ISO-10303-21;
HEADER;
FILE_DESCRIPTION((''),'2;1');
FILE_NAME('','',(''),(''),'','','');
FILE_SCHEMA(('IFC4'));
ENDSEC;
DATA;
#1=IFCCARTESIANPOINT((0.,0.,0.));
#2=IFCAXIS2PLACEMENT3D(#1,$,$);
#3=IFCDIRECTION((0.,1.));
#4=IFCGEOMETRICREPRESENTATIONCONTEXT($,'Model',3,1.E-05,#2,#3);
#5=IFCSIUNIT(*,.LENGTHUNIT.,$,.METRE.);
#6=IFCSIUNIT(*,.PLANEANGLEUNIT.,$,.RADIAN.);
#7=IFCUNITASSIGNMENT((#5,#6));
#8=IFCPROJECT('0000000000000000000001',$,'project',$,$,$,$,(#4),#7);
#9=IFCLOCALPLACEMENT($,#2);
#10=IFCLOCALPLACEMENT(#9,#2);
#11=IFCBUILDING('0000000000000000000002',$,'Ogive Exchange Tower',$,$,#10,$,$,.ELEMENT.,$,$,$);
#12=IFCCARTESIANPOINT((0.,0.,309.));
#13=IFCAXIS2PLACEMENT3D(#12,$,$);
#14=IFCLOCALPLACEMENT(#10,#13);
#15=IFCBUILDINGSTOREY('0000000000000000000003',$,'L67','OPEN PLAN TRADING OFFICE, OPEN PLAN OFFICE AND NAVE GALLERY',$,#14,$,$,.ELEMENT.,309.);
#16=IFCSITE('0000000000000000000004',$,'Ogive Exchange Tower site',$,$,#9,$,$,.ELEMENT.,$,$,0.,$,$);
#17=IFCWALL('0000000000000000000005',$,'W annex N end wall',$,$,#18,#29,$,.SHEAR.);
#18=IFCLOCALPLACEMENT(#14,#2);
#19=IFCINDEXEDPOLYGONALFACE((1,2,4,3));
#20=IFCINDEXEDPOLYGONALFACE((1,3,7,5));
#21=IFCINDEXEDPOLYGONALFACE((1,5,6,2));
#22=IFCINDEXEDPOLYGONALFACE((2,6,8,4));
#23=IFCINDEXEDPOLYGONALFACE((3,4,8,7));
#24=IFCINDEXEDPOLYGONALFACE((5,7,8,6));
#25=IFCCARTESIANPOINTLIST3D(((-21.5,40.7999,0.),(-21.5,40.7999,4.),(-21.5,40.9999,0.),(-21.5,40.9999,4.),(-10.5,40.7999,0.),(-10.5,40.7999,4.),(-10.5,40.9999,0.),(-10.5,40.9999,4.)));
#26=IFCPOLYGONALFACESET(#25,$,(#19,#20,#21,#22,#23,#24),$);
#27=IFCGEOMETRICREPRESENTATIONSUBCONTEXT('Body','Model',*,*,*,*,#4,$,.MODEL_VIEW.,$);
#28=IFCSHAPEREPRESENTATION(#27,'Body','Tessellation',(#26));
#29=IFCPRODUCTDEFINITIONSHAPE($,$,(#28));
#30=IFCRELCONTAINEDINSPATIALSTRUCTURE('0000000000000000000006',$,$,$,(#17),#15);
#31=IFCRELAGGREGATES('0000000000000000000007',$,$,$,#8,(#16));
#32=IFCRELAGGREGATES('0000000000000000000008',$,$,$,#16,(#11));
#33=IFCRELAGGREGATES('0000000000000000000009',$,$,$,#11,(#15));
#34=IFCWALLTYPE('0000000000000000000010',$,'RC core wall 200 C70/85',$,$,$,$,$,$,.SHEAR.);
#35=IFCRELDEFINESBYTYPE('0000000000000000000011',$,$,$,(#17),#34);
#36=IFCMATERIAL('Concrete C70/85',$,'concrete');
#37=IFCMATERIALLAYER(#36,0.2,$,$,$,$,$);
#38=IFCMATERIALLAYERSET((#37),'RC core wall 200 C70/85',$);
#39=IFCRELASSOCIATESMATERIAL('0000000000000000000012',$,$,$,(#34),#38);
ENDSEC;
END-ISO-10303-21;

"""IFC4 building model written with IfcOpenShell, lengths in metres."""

from ifc_helpers import new_model, si_unit, direction, frame, frame_2d, origin, place, context, subcontext, project, spatial, rectangle, extrude, material, layer, layer_set, type_object, element, save


model = new_model("IFC4")

# Units and contexts
model_context = context("Model", 3, precision=1e-05, world=origin(), true_north=direction((0.0, 1.0)))
body_context = subcontext(model_context, "Body", "Model", "MODEL_VIEW")
ifc_project = project(units=[si_unit("LENGTHUNIT", "METRE"), si_unit("PLANEANGLEUNIT", "RADIAN")], contexts=[model_context])

# Site, building, storey
site_placement = place(None, origin())
site = spatial("IfcSite", under=ifc_project, at=site_placement, Name="Ogive Exchange Tower site", CompositionType="ELEMENT", RefElevation=0.0)
building_placement = place(site_placement, origin())
building = spatial("IfcBuilding", under=site, at=building_placement, Name="Ogive Exchange Tower", CompositionType="ELEMENT")
storey_placement = place(building_placement, frame((0.0, 0.0, 309.0)))
storey = spatial("IfcBuildingStorey", under=building, at=storey_placement, Name="L67", Description="OPEN PLAN TRADING OFFICE, OPEN PLAN OFFICE AND NAVE GALLERY", CompositionType="ELEMENT", Elevation=309.0)

# Wall
ifc_material_1 = material(Name="Concrete C70/85", Category="concrete")
ifc_layer_1 = layer(ifc_material_1, 0.2)
ifc_layer_set_1 = layer_set([ifc_layer_1], Name="RC core wall 200 C70/85")
wall_type_1 = type_object("IfcWallType", Name="RC core wall 200 C70/85", PredefinedType="SHEAR", material=ifc_layer_set_1)
wall_1_placement = place(storey_placement, frame((-21.5, 40.8999, 0.0), z_axis=(0.0, 0.0, 1.0), x_axis=(1.0, 0.0, 0.0)))
element("IfcWall", 1, at=wall_1_placement, inside=storey, type_object=wall_type_1, Name="W annex N end wall", PredefinedType="SHEAR", context=body_context, shape_type="SweptSolid", body=[
    extrude(rectangle(XDim=11.0, YDim=0.2, at=frame_2d((5.5, 0.0))), origin(), (0.0, 0.0, 1.0), 4.0),
])

save(model, "model.ifc")
